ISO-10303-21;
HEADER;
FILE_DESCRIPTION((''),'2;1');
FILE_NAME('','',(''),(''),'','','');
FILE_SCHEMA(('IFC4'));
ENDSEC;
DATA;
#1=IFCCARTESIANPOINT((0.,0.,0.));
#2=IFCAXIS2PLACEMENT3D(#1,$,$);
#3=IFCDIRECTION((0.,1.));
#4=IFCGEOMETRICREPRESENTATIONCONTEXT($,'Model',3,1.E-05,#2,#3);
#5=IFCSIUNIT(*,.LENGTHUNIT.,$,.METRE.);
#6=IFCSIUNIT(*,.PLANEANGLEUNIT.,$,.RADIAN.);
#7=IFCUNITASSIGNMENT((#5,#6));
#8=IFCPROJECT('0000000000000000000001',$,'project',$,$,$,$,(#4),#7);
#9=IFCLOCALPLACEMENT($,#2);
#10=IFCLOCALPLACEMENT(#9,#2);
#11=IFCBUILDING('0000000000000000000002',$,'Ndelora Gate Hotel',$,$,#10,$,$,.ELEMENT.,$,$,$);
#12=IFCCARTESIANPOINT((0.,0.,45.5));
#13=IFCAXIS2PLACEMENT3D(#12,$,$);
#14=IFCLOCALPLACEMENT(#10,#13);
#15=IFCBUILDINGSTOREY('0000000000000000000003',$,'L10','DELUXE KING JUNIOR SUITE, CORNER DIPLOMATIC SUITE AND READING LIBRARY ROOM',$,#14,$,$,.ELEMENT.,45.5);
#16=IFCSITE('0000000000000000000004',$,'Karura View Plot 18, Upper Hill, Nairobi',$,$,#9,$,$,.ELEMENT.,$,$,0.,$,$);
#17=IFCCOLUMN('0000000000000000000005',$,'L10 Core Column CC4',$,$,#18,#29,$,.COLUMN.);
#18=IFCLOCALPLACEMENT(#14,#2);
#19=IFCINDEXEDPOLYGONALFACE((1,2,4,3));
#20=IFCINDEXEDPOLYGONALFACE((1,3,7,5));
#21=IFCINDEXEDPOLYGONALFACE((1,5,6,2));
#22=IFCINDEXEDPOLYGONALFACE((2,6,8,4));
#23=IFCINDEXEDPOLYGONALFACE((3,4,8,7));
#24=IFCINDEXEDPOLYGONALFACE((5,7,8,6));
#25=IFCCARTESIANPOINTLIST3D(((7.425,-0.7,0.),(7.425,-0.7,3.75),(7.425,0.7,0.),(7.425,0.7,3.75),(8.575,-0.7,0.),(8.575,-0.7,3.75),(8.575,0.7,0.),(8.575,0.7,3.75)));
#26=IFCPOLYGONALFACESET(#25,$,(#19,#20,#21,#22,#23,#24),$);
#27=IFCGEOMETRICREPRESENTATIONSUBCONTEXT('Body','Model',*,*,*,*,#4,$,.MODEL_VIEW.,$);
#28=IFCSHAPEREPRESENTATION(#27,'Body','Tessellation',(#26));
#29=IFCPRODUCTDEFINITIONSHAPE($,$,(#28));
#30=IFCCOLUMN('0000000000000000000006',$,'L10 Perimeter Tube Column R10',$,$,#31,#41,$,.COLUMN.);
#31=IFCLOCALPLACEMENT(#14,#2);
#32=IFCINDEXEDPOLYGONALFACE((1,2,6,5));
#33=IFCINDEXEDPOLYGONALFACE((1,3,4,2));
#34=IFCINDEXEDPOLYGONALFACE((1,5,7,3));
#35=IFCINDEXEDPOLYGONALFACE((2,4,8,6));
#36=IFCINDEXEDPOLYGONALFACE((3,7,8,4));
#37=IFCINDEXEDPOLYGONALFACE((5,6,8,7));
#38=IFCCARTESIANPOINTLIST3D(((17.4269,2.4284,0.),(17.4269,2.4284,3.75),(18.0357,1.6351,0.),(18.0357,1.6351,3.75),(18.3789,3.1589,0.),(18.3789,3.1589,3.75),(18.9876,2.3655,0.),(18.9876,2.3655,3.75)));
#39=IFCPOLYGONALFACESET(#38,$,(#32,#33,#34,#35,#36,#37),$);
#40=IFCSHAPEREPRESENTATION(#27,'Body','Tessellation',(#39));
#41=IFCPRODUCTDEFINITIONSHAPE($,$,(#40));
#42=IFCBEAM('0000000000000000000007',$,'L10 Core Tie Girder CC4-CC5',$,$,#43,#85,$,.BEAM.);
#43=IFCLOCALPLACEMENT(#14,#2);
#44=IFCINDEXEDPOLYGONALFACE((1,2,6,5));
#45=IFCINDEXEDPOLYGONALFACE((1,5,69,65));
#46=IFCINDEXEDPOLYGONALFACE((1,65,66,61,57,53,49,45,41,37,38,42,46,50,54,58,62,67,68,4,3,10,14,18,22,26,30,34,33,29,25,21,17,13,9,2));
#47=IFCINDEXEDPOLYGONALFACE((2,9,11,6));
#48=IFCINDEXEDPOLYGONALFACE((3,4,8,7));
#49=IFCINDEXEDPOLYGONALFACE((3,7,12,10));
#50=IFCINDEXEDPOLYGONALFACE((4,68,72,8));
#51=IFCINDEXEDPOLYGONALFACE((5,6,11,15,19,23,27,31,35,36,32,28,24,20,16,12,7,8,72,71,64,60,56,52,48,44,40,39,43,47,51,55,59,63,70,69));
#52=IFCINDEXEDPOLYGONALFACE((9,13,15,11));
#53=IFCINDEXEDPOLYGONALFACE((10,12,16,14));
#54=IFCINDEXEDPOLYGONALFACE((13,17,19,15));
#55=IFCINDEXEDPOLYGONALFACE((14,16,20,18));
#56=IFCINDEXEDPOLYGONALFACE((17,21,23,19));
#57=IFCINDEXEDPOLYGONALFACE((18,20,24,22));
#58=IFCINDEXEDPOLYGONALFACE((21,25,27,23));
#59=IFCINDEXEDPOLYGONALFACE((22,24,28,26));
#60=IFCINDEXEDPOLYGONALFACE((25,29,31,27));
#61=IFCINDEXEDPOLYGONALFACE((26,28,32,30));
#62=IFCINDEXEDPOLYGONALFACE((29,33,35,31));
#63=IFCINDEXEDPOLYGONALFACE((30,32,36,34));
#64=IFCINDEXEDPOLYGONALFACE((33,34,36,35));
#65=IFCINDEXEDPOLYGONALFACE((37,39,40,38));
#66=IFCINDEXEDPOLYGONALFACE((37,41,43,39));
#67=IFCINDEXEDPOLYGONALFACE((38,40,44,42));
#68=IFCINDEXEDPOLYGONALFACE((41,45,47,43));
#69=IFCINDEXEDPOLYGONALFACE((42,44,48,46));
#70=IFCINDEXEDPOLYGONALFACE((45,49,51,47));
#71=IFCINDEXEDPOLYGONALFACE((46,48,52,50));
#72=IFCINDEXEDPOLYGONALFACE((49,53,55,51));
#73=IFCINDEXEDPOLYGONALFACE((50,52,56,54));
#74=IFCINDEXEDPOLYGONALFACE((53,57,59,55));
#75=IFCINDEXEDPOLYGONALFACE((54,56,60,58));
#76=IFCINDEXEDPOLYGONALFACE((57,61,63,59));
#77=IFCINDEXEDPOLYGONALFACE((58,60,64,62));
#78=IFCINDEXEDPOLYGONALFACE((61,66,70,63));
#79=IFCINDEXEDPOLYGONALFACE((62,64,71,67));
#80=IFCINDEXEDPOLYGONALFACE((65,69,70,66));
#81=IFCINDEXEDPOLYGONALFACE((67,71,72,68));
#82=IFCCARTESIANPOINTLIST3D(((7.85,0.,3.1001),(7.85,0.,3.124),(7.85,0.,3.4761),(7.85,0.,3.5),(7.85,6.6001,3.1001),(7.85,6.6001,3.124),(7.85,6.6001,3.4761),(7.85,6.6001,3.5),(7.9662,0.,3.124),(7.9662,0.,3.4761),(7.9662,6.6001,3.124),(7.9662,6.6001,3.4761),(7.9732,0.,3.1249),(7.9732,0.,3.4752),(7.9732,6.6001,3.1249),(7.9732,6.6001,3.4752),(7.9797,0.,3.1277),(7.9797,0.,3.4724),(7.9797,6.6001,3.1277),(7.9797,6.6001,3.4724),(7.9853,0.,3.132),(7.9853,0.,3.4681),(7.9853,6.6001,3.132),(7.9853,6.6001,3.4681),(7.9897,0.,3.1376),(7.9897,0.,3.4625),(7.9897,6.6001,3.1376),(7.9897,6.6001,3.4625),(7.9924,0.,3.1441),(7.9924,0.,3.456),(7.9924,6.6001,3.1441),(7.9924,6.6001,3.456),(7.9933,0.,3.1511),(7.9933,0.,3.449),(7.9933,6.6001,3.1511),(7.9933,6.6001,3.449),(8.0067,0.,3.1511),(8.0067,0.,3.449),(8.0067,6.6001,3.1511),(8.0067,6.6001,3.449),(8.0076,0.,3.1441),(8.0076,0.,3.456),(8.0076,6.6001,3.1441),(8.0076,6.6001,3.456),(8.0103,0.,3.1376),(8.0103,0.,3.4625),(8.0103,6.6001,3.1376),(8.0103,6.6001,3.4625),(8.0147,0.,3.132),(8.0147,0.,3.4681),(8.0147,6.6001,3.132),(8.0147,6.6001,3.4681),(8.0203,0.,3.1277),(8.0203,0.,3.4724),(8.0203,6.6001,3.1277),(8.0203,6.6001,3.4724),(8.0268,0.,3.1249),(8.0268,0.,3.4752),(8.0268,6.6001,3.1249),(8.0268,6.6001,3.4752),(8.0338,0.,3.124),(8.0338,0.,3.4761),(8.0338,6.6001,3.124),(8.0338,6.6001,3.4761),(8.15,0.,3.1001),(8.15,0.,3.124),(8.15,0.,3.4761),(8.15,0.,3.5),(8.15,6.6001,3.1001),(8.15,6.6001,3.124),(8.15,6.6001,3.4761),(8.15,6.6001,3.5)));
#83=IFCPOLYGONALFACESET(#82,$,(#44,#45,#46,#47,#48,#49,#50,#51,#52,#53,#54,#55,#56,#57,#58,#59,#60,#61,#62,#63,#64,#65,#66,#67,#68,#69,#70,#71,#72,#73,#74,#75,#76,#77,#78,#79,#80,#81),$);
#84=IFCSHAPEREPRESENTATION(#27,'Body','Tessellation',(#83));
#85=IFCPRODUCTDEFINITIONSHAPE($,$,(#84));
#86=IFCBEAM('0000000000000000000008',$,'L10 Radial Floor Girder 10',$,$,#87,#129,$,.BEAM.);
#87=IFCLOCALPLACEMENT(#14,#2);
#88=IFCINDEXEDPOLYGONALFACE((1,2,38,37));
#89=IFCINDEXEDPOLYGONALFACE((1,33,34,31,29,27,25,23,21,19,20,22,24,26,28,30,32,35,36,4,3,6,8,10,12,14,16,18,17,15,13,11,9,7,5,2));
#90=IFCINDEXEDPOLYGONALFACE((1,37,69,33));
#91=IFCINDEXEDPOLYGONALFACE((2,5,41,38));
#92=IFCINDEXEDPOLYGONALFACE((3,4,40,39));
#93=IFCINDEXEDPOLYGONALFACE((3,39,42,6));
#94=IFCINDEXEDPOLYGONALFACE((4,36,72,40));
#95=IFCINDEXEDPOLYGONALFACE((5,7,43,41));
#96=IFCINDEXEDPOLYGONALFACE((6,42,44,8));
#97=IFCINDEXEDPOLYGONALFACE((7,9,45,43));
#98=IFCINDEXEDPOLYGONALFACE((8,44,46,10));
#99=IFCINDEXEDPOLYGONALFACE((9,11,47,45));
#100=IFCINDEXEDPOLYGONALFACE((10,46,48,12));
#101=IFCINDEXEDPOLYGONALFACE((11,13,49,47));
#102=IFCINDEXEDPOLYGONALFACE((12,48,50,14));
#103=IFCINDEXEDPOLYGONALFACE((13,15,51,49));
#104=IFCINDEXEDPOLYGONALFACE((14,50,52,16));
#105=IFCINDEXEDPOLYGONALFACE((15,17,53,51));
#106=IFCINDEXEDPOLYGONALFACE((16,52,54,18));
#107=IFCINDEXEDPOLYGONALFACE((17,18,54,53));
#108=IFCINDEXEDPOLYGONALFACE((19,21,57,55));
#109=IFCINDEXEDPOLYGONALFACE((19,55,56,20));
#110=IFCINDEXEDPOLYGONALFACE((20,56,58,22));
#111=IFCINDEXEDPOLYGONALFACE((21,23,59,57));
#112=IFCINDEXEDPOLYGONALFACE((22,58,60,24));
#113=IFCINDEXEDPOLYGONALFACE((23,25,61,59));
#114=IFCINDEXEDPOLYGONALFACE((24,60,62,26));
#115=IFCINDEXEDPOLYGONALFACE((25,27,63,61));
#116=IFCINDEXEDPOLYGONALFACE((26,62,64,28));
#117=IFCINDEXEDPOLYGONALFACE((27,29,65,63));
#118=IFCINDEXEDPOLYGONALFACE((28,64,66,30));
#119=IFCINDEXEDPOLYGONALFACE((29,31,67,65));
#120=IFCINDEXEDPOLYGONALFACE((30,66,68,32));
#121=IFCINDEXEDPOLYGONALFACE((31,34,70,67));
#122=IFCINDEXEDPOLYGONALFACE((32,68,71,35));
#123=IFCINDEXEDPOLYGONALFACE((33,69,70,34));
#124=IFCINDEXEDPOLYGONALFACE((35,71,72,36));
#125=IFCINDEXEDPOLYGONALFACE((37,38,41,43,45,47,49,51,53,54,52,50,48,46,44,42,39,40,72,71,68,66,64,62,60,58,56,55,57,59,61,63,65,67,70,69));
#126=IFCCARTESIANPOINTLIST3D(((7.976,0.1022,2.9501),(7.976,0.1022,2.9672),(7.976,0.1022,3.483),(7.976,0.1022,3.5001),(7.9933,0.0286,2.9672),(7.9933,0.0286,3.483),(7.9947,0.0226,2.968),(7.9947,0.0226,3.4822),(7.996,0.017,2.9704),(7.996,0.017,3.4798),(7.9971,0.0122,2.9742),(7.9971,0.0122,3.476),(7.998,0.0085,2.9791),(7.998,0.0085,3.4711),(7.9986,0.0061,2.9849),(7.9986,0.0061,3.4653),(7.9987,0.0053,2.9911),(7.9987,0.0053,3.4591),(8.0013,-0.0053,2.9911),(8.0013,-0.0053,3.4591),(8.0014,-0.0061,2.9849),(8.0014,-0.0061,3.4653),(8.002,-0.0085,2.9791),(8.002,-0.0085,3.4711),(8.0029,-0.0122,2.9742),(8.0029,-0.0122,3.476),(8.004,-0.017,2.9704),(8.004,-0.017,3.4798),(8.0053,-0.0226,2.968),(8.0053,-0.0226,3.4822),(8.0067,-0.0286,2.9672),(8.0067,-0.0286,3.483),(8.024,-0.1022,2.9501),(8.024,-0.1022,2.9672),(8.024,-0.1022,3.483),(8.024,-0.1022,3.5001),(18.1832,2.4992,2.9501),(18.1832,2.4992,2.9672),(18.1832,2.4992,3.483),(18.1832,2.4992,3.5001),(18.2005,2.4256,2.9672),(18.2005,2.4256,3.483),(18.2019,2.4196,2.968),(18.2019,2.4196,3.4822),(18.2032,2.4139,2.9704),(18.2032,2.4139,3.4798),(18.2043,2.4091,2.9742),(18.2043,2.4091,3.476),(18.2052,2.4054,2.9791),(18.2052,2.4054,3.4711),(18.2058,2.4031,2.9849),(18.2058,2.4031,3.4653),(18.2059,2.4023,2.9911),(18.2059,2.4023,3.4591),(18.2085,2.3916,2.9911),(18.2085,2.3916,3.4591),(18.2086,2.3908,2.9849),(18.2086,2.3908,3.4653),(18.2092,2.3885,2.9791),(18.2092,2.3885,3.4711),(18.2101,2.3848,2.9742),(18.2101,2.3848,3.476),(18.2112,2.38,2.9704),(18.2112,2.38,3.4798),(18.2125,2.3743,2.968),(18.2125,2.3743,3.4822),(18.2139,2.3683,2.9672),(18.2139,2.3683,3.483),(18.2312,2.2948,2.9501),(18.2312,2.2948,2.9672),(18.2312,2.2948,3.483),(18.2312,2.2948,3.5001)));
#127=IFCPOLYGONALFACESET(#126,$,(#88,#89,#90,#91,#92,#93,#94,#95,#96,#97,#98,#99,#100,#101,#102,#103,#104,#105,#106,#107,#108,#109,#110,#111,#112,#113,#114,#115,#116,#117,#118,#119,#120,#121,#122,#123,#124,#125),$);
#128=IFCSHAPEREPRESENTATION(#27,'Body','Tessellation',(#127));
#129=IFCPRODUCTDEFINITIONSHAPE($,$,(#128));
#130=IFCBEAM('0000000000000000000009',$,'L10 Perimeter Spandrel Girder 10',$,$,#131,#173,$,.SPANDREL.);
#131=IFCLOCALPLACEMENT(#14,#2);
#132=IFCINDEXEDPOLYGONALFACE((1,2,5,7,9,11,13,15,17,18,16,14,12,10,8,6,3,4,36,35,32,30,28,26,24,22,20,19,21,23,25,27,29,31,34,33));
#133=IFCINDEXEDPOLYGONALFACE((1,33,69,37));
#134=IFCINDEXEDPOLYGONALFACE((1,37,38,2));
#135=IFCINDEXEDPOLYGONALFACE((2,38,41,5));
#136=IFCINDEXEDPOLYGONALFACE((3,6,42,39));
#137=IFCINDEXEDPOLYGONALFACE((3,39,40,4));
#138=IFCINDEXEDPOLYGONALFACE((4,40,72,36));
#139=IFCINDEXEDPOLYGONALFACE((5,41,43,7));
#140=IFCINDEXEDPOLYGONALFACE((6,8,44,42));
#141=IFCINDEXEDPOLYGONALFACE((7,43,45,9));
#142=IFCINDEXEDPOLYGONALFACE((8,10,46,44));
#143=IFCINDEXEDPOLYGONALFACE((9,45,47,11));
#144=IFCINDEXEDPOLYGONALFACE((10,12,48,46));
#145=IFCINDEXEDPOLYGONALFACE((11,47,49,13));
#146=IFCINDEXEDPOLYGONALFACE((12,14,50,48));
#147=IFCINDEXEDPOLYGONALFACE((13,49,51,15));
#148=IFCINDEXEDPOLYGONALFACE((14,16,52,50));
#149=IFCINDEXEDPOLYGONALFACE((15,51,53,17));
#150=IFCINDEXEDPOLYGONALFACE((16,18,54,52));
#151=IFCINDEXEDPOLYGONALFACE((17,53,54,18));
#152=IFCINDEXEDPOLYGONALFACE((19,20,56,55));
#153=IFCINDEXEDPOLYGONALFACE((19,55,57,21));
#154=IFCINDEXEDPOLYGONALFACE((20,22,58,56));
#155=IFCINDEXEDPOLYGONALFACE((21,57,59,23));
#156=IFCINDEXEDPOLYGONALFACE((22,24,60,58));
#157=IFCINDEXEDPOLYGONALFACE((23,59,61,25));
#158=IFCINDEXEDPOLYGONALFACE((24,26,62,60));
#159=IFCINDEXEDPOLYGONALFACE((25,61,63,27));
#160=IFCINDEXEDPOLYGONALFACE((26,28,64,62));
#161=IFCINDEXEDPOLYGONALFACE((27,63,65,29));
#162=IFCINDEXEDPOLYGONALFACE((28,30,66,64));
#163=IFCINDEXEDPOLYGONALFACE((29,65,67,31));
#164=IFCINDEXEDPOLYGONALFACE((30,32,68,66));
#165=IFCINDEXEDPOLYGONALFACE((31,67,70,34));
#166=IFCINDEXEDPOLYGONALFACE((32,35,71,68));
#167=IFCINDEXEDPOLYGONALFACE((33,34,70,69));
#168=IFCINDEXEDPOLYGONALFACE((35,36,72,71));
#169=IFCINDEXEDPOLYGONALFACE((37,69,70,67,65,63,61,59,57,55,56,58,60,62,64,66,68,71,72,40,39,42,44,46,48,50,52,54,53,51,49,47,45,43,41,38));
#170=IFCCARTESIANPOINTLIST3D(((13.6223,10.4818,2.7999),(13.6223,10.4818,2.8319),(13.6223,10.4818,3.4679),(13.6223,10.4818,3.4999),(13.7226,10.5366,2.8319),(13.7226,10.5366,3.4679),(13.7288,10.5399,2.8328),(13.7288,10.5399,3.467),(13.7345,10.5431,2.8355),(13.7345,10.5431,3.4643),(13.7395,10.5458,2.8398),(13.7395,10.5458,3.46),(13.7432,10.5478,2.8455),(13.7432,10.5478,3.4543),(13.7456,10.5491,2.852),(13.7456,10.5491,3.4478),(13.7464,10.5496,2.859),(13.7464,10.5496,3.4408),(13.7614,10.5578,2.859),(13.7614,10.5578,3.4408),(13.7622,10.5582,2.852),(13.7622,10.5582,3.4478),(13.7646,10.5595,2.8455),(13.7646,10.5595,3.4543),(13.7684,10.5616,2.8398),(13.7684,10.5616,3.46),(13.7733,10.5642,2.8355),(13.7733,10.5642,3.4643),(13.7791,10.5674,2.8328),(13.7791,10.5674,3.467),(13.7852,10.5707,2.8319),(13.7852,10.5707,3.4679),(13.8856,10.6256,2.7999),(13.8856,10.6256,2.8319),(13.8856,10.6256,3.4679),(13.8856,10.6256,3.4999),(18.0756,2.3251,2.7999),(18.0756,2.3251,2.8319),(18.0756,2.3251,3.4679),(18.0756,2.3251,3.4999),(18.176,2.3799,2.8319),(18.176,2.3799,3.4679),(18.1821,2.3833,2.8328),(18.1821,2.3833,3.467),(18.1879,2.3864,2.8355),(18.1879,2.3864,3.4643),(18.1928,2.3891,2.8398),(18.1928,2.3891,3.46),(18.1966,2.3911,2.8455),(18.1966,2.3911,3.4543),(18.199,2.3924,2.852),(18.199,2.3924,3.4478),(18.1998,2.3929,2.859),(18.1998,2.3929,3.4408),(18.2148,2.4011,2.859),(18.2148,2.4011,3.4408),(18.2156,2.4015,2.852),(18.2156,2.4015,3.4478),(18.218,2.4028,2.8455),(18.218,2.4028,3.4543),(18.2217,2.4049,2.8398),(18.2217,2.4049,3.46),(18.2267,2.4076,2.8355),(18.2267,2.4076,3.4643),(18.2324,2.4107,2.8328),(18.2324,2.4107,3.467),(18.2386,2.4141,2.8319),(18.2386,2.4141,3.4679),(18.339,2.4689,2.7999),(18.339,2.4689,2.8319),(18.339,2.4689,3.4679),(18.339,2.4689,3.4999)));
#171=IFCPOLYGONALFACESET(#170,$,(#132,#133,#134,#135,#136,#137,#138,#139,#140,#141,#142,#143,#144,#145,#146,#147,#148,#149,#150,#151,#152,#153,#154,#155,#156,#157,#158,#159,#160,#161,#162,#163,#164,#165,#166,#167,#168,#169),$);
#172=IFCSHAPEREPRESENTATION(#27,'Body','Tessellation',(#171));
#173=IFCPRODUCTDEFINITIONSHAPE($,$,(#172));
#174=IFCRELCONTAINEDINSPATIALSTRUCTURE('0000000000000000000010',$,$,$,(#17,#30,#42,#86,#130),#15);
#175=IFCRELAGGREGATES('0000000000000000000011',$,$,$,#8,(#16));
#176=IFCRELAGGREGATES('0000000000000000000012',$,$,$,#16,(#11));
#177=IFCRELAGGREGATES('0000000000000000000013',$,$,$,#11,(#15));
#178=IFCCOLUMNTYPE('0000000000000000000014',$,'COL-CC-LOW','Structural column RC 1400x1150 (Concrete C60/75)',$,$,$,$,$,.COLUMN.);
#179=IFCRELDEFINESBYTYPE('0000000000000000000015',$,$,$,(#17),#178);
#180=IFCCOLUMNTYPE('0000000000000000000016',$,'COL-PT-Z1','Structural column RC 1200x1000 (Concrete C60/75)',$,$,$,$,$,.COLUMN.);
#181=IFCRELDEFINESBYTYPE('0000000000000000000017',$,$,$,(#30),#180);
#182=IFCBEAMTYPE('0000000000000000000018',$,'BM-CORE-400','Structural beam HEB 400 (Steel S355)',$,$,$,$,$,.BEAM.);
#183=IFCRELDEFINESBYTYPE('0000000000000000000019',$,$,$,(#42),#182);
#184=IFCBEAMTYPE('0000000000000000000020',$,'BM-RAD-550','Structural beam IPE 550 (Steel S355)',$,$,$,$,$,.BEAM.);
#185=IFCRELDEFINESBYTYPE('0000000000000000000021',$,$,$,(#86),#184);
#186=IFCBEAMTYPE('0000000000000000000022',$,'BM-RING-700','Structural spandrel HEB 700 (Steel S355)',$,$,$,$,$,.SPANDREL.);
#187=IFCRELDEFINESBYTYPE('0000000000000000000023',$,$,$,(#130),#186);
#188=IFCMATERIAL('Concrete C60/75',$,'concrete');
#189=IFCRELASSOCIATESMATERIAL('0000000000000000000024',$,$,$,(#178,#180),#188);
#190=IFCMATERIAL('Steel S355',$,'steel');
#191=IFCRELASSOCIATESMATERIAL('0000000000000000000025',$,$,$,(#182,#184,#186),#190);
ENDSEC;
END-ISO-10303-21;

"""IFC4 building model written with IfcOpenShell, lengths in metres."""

from ifc_helpers import new_model, si_unit, direction, frame, origin, origin_2d, place, context, subcontext, project, spatial, rectangle, i_section, extrude, material, material_profile, profile_set, type_object, element, save


model = new_model("IFC4")

# Units and contexts
model_context = context("Model", 3, precision=1e-05, world=origin(), true_north=direction((0.0, 1.0)))
body_context = subcontext(model_context, "Body", "Model", "MODEL_VIEW")
ifc_project = project(units=[si_unit("LENGTHUNIT", "METRE"), si_unit("PLANEANGLEUNIT", "RADIAN")], contexts=[model_context])

# Site, building, storey
site_placement = place(None, origin())
site = spatial("IfcSite", under=ifc_project, at=site_placement, Name="Karura View Plot 18, Upper Hill, Nairobi", CompositionType="ELEMENT", RefElevation=0.0)
building_placement = place(site_placement, origin())
building = spatial("IfcBuilding", under=site, at=building_placement, Name="Ndelora Gate Hotel", CompositionType="ELEMENT")
storey_placement = place(building_placement, frame((0.0, 0.0, 45.5)))
storey = spatial("IfcBuildingStorey", under=building, at=storey_placement, Name="L10", Description="DELUXE KING JUNIOR SUITE, CORNER DIPLOMATIC SUITE AND READING LIBRARY ROOM", CompositionType="ELEMENT", Elevation=45.5)

# Columns
ifc_material_1 = material(Name="Concrete C60/75", Category="concrete")
ifc_material_profile_1 = material_profile(ifc_material_1, rectangle(XDim=1.1499, YDim=1.3999, at=origin_2d()), Name="RC 1400x1150")
ifc_profile_set_1 = profile_set([ifc_material_profile_1], Name="Concrete C60/75")
column_type_1 = type_object("IfcColumnType", Name="COL-CC-LOW", Description="Structural column RC 1400x1150 (Concrete C60/75)", PredefinedType="COLUMN", material=ifc_profile_set_1)
column_1_placement = place(storey_placement, frame((8.0, 0.0, 0.0), z_axis=(0.0, 0.0, 1.0), x_axis=(1.0, 0.0, 0.0)))
element("IfcColumn", 1, at=column_1_placement, inside=storey, type_object=column_type_1, Name="L10 Core Column CC4", PredefinedType="COLUMN", context=body_context, shape_type="SweptSolid", body=[
    extrude(rectangle(XDim=1.1499, YDim=1.3999, at=origin_2d()), origin(), (0.0, 0.0, 1.0), 3.75),
])
ifc_material_profile_2 = material_profile(ifc_material_1, rectangle(XDim=1.0, YDim=1.2, at=origin_2d()), Name="RC 1200x1000")
ifc_profile_set_2 = profile_set([ifc_material_profile_2], Name="Concrete C60/75")
column_type_2 = type_object("IfcColumnType", Name="COL-PT-Z1", Description="Structural column RC 1200x1000 (Concrete C60/75)", PredefinedType="COLUMN", material=ifc_profile_set_2)
column_2_placement = place(storey_placement, frame((18.2073, 2.397, 0.0), z_axis=(0.0, 0.0, 1.0), x_axis=(-0.608761, 0.793353, 0.0)))
element("IfcColumn", 2, at=column_2_placement, inside=storey, type_object=column_type_2, Name="L10 Perimeter Tube Column R10", PredefinedType="COLUMN", context=body_context, shape_type="SweptSolid", body=[
    extrude(rectangle(XDim=1.0, YDim=1.2, at=origin_2d()), origin(), (0.0, 0.0, 1.0), 3.75),
])

# Beams
ifc_material_2 = material(Name="Steel S355", Category="steel")
ifc_material_profile_3 = material_profile(ifc_material_2, i_section(OverallWidth=0.3, OverallDepth=0.3999, WebThickness=0.0134, FlangeThickness=0.0239, FilletRadius=0.0271, at=origin_2d()), Name="HEB 400")
ifc_profile_set_3 = profile_set([ifc_material_profile_3], Name="Steel S355")
beam_type_1 = type_object("IfcBeamType", Name="BM-CORE-400", Description="Structural beam HEB 400 (Steel S355)", PredefinedType="BEAM", material=ifc_profile_set_3)
beam_1_placement = place(storey_placement, frame((8.0, 0.0, 3.3), z_axis=(0.0, 1.0, 0.0), x_axis=(-1.0, 0.0, 0.0)))
element("IfcBeam", 3, at=beam_1_placement, inside=storey, type_object=beam_type_1, Name="L10 Core Tie Girder CC4-CC5", PredefinedType="BEAM", context=body_context, shape_type="SweptSolid", body=[
    extrude(i_section(OverallWidth=0.3, OverallDepth=0.3999, WebThickness=0.0134, FlangeThickness=0.0239, FilletRadius=0.0271, at=origin_2d()), origin(), (0.0, 0.0, 1.0), 6.6001),
])
ifc_material_profile_4 = material_profile(ifc_material_2, i_section(OverallWidth=0.21, OverallDepth=0.55, WebThickness=0.011, FlangeThickness=0.0171, FilletRadius=0.0239, at=origin_2d()), Name="IPE 550")
ifc_profile_set_4 = profile_set([ifc_material_profile_4], Name="Steel S355")
beam_type_2 = type_object("IfcBeamType", Name="BM-RAD-550", Description="Structural beam IPE 550 (Steel S355)", PredefinedType="BEAM", material=ifc_profile_set_4)
beam_2_placement = place(storey_placement, frame((8.0, 0.0, 3.2251), z_axis=(0.973518, 0.228611, 0.0), x_axis=(-0.228611, 0.973518, 0.0)))
element("IfcBeam", 4, at=beam_2_placement, inside=storey, type_object=beam_type_2, Name="L10 Radial Floor Girder 10", PredefinedType="BEAM", context=body_context, shape_type="SweptSolid", body=[
    extrude(i_section(OverallWidth=0.21, OverallDepth=0.55, WebThickness=0.011, FlangeThickness=0.0171, FilletRadius=0.0239, at=origin_2d()), origin(), (0.0, 0.0, 1.0), 10.4849),
])
ifc_material_profile_5 = material_profile(ifc_material_2, i_section(OverallWidth=0.3, OverallDepth=0.7, WebThickness=0.0171, FlangeThickness=0.032, FilletRadius=0.0271, at=origin_2d()), Name="HEB 700")
ifc_profile_set_5 = profile_set([ifc_material_profile_5], Name="Steel S355")
beam_type_3 = type_object("IfcBeamType", Name="BM-RING-700", Description="Structural spandrel HEB 700 (Steel S355)", PredefinedType="SPANDREL", material=ifc_profile_set_5)
beam_3_placement = place(storey_placement, frame((18.2073, 2.397, 3.1499), z_axis=(-0.479204, 0.877704, 0.0), x_axis=(-0.877704, -0.479204, 0.0)))
element("IfcBeam", 5, at=beam_3_placement, inside=storey, type_object=beam_type_3, Name="L10 Perimeter Spandrel Girder 10", PredefinedType="SPANDREL", context=body_context, shape_type="SweptSolid", body=[
    extrude(i_section(OverallWidth=0.3, OverallDepth=0.7, WebThickness=0.0171, FlangeThickness=0.032, FilletRadius=0.0271, at=origin_2d()), origin(), (0.0, 0.0, 1.0), 9.2932),
])

save(model, "model.ifc")
